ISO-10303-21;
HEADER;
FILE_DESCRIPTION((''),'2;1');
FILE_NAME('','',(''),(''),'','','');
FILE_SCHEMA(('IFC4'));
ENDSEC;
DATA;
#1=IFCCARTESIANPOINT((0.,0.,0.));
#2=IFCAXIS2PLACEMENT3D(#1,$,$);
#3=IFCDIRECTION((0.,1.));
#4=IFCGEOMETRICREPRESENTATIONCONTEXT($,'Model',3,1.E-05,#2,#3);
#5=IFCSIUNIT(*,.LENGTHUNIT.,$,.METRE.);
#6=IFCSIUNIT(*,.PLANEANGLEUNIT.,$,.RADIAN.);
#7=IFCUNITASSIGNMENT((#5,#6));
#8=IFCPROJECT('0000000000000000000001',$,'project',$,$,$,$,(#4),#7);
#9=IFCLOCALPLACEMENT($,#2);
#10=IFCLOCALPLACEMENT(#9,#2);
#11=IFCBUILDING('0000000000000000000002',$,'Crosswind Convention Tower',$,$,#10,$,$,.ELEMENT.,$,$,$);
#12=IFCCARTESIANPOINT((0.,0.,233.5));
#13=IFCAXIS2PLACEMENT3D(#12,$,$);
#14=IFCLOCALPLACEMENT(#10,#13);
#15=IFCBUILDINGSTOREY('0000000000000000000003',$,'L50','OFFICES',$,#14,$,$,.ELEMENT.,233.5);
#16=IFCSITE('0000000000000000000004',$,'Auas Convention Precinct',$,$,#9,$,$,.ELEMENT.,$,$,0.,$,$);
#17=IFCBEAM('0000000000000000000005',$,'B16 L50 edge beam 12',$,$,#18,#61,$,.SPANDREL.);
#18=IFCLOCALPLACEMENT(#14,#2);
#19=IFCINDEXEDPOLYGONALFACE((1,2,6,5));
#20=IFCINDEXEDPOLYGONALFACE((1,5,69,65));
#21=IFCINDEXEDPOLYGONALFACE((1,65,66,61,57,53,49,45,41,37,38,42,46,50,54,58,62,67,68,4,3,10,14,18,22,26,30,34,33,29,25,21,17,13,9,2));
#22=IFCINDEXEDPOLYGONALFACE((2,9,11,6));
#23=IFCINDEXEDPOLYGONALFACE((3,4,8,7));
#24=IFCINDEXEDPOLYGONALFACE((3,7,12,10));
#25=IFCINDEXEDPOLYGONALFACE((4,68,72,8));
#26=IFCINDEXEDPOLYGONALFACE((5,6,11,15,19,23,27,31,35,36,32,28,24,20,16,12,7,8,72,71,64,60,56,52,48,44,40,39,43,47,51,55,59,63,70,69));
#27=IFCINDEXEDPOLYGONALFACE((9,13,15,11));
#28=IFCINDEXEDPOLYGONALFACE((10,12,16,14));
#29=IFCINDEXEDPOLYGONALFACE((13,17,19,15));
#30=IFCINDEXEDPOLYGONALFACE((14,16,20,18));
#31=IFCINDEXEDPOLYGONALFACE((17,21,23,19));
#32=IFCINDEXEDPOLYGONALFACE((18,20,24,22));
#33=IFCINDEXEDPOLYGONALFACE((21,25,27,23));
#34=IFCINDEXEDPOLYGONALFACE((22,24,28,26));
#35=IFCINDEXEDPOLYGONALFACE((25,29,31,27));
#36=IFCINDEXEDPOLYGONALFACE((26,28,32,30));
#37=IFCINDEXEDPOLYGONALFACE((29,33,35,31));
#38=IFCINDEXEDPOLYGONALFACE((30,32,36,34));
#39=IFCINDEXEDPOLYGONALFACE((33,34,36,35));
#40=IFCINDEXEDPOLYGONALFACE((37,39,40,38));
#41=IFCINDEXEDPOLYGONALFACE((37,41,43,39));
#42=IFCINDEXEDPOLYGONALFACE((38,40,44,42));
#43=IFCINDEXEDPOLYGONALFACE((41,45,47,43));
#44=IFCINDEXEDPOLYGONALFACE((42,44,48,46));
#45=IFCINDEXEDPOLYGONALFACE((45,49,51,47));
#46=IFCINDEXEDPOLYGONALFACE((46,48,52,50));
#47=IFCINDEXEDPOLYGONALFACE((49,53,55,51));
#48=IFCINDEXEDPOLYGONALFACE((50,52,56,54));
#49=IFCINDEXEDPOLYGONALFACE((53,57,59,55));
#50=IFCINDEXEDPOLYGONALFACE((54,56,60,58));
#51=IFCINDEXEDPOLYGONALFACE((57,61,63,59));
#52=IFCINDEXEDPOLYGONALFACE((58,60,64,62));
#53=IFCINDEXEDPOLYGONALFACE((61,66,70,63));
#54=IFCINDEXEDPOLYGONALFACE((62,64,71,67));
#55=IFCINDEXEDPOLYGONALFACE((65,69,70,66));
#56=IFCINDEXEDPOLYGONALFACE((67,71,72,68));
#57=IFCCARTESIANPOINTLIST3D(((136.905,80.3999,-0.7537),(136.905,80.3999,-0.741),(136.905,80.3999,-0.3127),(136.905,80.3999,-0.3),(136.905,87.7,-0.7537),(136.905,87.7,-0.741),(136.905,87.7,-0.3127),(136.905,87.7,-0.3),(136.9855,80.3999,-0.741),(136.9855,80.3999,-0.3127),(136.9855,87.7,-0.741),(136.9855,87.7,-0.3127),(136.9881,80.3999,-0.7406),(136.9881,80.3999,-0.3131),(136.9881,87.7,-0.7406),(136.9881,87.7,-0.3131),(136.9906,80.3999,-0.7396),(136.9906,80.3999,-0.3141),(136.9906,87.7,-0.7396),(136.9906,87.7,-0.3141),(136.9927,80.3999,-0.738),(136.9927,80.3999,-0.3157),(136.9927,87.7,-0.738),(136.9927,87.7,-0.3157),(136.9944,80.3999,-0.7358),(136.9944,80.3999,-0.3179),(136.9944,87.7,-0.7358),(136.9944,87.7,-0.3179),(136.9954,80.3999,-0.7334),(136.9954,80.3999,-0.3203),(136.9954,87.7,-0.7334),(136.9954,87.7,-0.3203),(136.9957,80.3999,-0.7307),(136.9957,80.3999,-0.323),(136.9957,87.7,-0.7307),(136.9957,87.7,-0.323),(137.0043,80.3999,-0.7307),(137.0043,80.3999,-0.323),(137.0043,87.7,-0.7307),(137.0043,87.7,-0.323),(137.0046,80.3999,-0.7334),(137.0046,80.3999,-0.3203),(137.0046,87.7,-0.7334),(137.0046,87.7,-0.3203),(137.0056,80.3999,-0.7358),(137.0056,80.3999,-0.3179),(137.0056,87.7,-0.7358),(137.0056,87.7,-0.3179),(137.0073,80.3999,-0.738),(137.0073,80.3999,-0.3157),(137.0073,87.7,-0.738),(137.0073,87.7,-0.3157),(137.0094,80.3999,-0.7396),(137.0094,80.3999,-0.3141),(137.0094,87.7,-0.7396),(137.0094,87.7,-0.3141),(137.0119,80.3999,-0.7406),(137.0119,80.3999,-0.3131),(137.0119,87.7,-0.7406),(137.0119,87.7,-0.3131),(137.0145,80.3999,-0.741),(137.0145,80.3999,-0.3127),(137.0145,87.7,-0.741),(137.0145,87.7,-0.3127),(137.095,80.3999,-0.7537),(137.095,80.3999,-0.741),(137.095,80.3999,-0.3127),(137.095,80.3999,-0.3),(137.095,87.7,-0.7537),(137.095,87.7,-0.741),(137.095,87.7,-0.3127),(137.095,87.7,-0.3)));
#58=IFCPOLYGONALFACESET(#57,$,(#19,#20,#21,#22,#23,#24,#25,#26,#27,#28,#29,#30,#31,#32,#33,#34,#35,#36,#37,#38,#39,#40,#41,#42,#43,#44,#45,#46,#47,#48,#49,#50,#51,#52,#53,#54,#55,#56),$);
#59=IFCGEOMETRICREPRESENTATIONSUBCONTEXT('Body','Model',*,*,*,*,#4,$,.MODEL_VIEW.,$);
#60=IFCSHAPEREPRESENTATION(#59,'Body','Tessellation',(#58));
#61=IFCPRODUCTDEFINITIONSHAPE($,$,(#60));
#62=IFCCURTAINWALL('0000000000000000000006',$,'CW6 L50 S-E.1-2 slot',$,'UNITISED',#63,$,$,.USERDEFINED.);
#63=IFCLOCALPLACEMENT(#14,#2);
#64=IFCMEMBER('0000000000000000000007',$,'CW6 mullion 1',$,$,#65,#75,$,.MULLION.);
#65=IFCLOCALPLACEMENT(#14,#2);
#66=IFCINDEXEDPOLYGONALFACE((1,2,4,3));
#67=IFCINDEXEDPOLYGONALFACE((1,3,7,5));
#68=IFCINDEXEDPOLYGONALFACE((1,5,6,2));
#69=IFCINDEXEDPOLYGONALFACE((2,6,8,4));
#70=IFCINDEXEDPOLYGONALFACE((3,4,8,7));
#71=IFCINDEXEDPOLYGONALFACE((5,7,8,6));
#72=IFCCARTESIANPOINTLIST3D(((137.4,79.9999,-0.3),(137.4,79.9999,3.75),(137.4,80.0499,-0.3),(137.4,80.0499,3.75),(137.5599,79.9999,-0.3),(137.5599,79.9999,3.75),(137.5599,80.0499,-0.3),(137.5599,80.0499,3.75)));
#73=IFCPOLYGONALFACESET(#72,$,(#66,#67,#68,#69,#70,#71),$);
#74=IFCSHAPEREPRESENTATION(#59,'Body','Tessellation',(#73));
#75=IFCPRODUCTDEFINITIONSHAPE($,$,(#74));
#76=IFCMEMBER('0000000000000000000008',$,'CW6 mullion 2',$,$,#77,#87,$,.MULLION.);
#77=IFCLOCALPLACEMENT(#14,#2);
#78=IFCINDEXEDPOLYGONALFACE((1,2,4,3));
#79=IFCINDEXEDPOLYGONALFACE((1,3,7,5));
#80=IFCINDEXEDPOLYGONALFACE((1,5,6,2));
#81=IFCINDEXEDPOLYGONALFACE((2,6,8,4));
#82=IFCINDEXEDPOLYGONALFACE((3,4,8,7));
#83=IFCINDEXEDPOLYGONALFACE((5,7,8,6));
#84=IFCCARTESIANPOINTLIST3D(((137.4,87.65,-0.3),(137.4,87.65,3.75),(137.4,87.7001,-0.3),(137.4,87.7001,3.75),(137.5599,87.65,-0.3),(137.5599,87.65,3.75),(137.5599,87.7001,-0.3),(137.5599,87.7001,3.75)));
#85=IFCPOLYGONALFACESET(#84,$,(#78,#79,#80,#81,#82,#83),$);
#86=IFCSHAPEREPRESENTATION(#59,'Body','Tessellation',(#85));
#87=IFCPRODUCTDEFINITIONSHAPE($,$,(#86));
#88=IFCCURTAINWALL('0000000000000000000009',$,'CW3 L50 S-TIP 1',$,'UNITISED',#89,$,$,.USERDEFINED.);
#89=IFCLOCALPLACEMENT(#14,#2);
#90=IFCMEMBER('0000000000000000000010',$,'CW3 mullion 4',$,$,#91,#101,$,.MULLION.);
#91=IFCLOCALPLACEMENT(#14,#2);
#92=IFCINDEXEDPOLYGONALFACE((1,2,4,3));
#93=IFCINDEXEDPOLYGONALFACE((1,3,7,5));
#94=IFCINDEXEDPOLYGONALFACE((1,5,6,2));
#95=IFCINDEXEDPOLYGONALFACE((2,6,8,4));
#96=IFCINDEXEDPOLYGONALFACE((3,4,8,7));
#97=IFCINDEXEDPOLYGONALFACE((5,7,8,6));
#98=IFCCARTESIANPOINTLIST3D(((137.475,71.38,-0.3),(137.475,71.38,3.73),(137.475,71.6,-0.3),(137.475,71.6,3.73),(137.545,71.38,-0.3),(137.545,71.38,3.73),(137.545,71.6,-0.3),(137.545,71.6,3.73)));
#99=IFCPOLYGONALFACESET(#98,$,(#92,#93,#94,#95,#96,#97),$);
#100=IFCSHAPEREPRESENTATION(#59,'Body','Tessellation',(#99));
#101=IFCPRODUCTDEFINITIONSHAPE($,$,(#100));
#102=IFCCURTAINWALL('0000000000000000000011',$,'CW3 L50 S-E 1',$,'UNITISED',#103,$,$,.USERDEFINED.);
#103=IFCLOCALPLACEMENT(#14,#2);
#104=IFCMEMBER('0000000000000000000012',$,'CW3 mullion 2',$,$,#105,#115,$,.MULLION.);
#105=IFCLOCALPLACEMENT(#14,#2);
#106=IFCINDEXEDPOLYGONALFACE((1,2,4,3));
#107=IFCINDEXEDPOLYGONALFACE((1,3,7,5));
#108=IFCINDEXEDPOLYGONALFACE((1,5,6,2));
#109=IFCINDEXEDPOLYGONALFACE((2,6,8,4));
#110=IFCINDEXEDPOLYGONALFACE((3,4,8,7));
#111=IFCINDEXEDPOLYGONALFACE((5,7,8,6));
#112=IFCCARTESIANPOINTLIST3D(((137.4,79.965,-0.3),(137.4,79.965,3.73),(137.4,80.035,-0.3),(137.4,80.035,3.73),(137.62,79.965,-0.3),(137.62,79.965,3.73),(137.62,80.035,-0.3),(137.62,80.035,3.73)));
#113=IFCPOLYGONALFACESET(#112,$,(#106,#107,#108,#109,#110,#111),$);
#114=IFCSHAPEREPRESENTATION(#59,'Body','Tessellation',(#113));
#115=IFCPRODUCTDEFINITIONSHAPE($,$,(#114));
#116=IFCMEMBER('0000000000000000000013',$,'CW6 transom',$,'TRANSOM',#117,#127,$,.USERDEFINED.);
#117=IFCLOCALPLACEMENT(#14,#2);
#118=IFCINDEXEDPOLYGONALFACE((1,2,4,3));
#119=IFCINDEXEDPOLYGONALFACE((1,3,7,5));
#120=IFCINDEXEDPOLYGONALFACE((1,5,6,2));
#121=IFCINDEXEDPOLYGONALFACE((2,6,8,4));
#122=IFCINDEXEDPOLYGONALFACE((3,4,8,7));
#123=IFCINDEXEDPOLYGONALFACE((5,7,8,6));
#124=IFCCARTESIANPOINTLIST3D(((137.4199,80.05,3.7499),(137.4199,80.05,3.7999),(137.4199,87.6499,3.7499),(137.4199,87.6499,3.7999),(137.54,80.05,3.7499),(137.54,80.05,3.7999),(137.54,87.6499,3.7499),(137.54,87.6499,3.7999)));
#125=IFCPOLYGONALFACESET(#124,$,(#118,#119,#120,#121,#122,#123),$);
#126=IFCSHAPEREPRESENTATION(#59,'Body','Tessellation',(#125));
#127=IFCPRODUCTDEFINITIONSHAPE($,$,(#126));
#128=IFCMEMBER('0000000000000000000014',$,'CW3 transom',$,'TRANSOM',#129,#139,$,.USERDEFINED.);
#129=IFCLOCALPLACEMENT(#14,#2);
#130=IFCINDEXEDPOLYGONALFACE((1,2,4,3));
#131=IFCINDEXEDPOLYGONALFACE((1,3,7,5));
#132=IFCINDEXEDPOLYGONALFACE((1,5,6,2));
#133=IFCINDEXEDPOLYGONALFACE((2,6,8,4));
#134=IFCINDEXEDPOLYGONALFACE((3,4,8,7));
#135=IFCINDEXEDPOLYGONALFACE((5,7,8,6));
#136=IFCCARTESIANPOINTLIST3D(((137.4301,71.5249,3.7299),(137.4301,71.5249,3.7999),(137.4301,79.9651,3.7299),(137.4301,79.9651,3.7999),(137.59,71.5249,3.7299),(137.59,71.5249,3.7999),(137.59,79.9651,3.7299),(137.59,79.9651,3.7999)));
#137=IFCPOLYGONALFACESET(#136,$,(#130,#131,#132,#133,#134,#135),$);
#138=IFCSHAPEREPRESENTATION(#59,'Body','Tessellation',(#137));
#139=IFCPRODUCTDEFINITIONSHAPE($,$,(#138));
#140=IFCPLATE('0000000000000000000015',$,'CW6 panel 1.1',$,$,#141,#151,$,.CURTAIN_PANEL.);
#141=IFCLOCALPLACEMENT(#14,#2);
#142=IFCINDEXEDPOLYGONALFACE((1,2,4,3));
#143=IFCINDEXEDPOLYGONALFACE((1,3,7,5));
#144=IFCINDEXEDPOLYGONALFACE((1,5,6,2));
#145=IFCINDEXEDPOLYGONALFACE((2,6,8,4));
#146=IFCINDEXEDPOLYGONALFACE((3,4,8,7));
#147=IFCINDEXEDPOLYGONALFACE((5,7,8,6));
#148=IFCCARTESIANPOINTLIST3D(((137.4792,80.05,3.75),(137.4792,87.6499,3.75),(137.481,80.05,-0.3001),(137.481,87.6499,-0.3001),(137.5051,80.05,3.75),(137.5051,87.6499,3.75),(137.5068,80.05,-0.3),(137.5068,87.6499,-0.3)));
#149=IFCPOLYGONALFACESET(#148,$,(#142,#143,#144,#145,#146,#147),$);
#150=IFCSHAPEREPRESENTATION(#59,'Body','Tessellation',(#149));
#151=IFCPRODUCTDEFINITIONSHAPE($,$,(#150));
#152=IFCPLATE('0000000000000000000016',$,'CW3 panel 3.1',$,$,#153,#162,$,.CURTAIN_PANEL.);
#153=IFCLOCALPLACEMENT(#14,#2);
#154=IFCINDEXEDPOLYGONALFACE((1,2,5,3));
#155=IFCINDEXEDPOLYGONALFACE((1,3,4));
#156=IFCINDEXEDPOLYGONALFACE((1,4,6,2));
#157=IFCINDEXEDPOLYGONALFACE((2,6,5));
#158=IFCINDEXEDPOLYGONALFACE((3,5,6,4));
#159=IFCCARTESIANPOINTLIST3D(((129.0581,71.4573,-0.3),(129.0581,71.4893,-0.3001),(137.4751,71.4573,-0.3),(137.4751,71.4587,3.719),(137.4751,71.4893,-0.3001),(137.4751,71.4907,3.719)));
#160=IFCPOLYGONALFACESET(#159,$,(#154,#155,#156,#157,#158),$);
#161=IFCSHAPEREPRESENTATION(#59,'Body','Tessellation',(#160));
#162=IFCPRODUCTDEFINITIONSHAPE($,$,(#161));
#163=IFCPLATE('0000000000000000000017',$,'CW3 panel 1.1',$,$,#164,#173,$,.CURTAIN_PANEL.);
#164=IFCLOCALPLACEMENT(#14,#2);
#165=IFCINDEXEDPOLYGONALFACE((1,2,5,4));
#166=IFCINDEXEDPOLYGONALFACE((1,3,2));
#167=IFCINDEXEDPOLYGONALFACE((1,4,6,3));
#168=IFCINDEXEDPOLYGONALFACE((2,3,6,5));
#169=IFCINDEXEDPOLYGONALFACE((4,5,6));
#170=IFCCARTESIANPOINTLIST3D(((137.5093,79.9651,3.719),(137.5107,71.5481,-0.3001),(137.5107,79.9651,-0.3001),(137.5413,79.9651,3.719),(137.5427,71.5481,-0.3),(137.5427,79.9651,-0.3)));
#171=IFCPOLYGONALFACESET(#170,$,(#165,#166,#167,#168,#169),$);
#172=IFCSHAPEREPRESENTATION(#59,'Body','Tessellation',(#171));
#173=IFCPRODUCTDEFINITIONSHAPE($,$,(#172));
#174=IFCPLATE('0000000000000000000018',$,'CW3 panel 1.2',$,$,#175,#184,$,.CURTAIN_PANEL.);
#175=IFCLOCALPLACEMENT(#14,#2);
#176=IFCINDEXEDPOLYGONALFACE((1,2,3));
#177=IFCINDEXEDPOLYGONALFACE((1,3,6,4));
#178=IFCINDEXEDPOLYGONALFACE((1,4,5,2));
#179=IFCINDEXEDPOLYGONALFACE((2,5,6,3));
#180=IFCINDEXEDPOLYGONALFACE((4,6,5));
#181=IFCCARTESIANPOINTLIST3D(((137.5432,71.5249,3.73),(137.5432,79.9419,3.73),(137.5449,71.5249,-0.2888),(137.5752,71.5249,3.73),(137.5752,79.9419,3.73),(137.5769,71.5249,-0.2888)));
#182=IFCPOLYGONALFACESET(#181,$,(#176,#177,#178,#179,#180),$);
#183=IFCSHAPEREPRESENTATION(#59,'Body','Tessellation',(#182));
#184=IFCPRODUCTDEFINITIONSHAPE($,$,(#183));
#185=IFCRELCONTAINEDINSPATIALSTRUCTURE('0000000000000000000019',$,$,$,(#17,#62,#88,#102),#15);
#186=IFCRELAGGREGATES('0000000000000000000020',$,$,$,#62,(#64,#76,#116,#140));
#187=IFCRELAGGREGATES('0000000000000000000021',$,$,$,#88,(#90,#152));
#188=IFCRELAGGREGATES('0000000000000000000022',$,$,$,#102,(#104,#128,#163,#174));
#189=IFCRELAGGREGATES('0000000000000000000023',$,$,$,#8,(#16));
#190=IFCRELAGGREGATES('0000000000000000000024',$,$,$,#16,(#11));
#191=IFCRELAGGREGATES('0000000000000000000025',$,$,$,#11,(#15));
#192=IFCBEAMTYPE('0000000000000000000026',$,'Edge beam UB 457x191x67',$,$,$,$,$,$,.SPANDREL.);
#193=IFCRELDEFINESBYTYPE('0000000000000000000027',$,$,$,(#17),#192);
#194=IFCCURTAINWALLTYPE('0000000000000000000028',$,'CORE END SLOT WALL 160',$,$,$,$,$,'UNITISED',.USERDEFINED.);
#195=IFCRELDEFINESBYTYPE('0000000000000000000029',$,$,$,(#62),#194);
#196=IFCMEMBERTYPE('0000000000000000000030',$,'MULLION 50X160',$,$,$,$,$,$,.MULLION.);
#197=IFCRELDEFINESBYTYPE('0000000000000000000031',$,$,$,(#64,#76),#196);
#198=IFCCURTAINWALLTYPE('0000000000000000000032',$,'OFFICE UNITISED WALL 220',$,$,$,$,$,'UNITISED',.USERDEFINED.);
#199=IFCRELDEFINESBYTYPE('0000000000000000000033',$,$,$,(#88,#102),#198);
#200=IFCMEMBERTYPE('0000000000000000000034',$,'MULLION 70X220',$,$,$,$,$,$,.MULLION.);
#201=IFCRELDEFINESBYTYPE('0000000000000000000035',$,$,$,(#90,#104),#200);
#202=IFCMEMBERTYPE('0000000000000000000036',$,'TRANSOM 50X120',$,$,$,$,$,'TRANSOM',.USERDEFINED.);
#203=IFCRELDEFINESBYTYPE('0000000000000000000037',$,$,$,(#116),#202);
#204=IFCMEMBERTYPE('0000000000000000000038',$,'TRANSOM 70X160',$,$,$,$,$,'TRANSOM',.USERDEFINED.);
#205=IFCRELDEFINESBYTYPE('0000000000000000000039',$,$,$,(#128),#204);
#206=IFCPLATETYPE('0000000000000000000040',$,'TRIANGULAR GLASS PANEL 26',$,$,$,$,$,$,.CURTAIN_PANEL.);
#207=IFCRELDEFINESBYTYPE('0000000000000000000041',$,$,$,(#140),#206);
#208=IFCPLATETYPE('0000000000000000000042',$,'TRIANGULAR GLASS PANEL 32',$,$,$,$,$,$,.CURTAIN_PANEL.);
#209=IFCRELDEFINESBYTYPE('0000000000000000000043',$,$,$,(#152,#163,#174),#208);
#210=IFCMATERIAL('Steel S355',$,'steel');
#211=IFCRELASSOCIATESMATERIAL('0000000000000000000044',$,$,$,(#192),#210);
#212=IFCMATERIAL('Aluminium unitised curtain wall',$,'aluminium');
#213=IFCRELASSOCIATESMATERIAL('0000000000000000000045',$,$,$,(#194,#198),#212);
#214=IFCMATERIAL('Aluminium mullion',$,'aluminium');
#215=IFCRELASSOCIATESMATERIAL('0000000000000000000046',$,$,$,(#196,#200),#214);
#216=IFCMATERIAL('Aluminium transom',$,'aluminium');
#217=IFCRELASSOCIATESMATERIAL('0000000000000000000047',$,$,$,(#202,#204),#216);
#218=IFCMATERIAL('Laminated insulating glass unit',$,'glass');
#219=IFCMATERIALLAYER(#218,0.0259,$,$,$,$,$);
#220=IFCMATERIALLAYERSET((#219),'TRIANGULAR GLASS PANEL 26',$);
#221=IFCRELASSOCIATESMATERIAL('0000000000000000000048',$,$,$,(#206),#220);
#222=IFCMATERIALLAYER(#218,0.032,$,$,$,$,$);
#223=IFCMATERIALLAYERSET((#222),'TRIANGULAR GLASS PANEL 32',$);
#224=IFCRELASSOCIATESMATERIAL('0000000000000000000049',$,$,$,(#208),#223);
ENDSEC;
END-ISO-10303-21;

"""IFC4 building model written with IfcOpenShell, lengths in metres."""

from ifc_helpers import new_model, si_unit, direction, frame, origin, origin_2d, place, context, subcontext, project, spatial, polyline, rectangle, i_section, outline, extrude, material, layer, layer_set, material_profile, profile_set, type_object, element, aggregate, save


model = new_model("IFC4")

# Units and contexts
model_context = context("Model", 3, precision=1e-05, world=origin(), true_north=direction((0.0, 1.0)))
body_context = subcontext(model_context, "Body", "Model", "MODEL_VIEW")
ifc_project = project(units=[si_unit("LENGTHUNIT", "METRE"), si_unit("PLANEANGLEUNIT", "RADIAN")], contexts=[model_context])

# Site, building, storey
site_placement = place(None, origin())
site = spatial("IfcSite", under=ifc_project, at=site_placement, Name="Auas Convention Precinct", CompositionType="ELEMENT", RefElevation=0.0)
building_placement = place(site_placement, origin())
building = spatial("IfcBuilding", under=site, at=building_placement, Name="Crosswind Convention Tower", CompositionType="ELEMENT")
storey_placement = place(building_placement, frame((0.0, 0.0, 233.5)))
storey = spatial("IfcBuildingStorey", under=building, at=storey_placement, Name="L50", Description="OFFICES", CompositionType="ELEMENT", Elevation=233.5)

# Beam
ifc_material_1 = material(Name="Steel S355", Category="steel")
ifc_material_profile_1 = material_profile(ifc_material_1, i_section(OverallWidth=0.1899, OverallDepth=0.4536, WebThickness=0.0085, FlangeThickness=0.0127, FilletRadius=0.0103, at=origin_2d()), Name="UB 457x191x67")
ifc_profile_set_1 = profile_set([ifc_material_profile_1], Name="Steel S355")
beam_type = type_object("IfcBeamType", Name="Edge beam UB 457x191x67", PredefinedType="SPANDREL", material=ifc_profile_set_1)
beam_placement = place(storey_placement, frame((137.0, 80.3999, -0.5269), z_axis=(0.0, 1.0, 0.0), x_axis=(-1.0, 0.0, 0.0)))
element("IfcBeam", 1, at=beam_placement, inside=storey, type_object=beam_type, Name="B16 L50 edge beam 12", PredefinedType="SPANDREL", context=body_context, shape_type="SweptSolid", body=[
    extrude(i_section(OverallWidth=0.1899, OverallDepth=0.4536, WebThickness=0.0085, FlangeThickness=0.0127, FilletRadius=0.0103, at=origin_2d()), origin(), (0.0, 0.0, 1.0), 7.3),
])

# Curtain wall, members
ifc_material_2 = material(Name="Aluminium unitised curtain wall", Category="aluminium")
curtain_wall_type_1 = type_object("IfcCurtainWallType", Name="CORE END SLOT WALL 160", ElementType="UNITISED", PredefinedType="USERDEFINED", material=ifc_material_2)
curtain_wall_1_placement = place(storey_placement, origin())
curtain_wall_1 = element("IfcCurtainWall", 2, at=curtain_wall_1_placement, inside=storey, type_object=curtain_wall_type_1, Name="CW6 L50 S-E.1-2 slot", ObjectType="UNITISED", PredefinedType="USERDEFINED")
ifc_material_3 = material(Name="Aluminium mullion", Category="aluminium")
ifc_material_profile_2 = material_profile(ifc_material_3, rectangle(XDim=0.1599, YDim=0.05, at=origin_2d()), Name="AL 160X50")
ifc_profile_set_2 = profile_set([ifc_material_profile_2], Name="Aluminium mullion")
member_type_1 = type_object("IfcMemberType", Name="MULLION 50X160", PredefinedType="MULLION", material=ifc_profile_set_2)
member_1_placement = place(storey_placement, frame((137.48, 80.0249, -0.3), z_axis=(0.0, 0.0, 1.0), x_axis=(1.0, 0.0, 0.0)))
member_1 = element("IfcMember", 3, at=member_1_placement, type_object=member_type_1, Name="CW6 mullion 1", PredefinedType="MULLION", context=body_context, shape_type="SweptSolid", body=[
    extrude(rectangle(XDim=0.1599, YDim=0.05, at=origin_2d()), origin(), (0.0, 0.0, 1.0), 4.05),
])
member_2_placement = place(storey_placement, frame((137.48, 87.675, -0.3), z_axis=(0.0, 0.0, 1.0), x_axis=(1.0, 0.0, 0.0)))
member_2 = element("IfcMember", 4, at=member_2_placement, type_object=member_type_1, Name="CW6 mullion 2", PredefinedType="MULLION", context=body_context, shape_type="SweptSolid", body=[
    extrude(rectangle(XDim=0.1599, YDim=0.05, at=origin_2d()), origin(), (0.0, 0.0, 1.0), 4.05),
])

# Curtain walls, members
curtain_wall_type_2 = type_object("IfcCurtainWallType", Name="OFFICE UNITISED WALL 220", ElementType="UNITISED", PredefinedType="USERDEFINED", material=ifc_material_2)
curtain_wall_2_placement = place(storey_placement, origin())
curtain_wall_2 = element("IfcCurtainWall", 5, at=curtain_wall_2_placement, inside=storey, type_object=curtain_wall_type_2, Name="CW3 L50 S-TIP 1", ObjectType="UNITISED", PredefinedType="USERDEFINED")
ifc_material_profile_3 = material_profile(ifc_material_3, rectangle(XDim=0.22, YDim=0.0701, at=origin_2d()), Name="AL 220X70")
ifc_profile_set_3 = profile_set([ifc_material_profile_3], Name="Aluminium mullion")
member_type_2 = type_object("IfcMemberType", Name="MULLION 70X220", PredefinedType="MULLION", material=ifc_profile_set_3)
member_3_placement = place(storey_placement, frame((137.51, 71.49, -0.3), z_axis=(0.0, 0.0, 1.0), x_axis=(0.0, -1.0, 0.0)))
member_3 = element("IfcMember", 6, at=member_3_placement, type_object=member_type_2, Name="CW3 mullion 4", PredefinedType="MULLION", context=body_context, shape_type="SweptSolid", body=[
    extrude(rectangle(XDim=0.22, YDim=0.0701, at=origin_2d()), origin(), (0.0, 0.0, 1.0), 4.03),
])
curtain_wall_3_placement = place(storey_placement, origin())
curtain_wall_3 = element("IfcCurtainWall", 7, at=curtain_wall_3_placement, inside=storey, type_object=curtain_wall_type_2, Name="CW3 L50 S-E 1", ObjectType="UNITISED", PredefinedType="USERDEFINED")
member_4_placement = place(storey_placement, frame((137.51, 80.0, -0.3), z_axis=(0.0, 0.0, 1.0), x_axis=(1.0, 0.0, 0.0)))
member_4 = element("IfcMember", 8, at=member_4_placement, type_object=member_type_2, Name="CW3 mullion 2", PredefinedType="MULLION", context=body_context, shape_type="SweptSolid", body=[
    extrude(rectangle(XDim=0.22, YDim=0.0701, at=origin_2d()), origin(), (0.0, 0.0, 1.0), 4.03),
])

# Members
ifc_material_4 = material(Name="Aluminium transom", Category="aluminium")
ifc_material_profile_4 = material_profile(ifc_material_4, rectangle(XDim=0.1201, YDim=0.05, at=origin_2d()), Name="AL 120X50")
ifc_profile_set_4 = profile_set([ifc_material_profile_4], Name="Aluminium transom")
member_type_3 = type_object("IfcMemberType", Name="TRANSOM 50X120", ElementType="TRANSOM", PredefinedType="USERDEFINED", material=ifc_profile_set_4)
member_5_placement = place(storey_placement, frame((137.48, 80.05, 3.7749), z_axis=(0.0, 1.0, 0.0), x_axis=(-1.0, 0.0, 0.0)))
member_5 = element("IfcMember", 9, at=member_5_placement, type_object=member_type_3, Name="CW6 transom", ObjectType="TRANSOM", PredefinedType="USERDEFINED", context=body_context, shape_type="SweptSolid", body=[
    extrude(rectangle(XDim=0.1201, YDim=0.05, at=origin_2d()), origin(), (0.0, 0.0, 1.0), 7.5999),
])
ifc_material_profile_5 = material_profile(ifc_material_4, rectangle(XDim=0.1599, YDim=0.0701, at=origin_2d()), Name="AL 160X70")
ifc_profile_set_5 = profile_set([ifc_material_profile_5], Name="Aluminium transom")
member_type_4 = type_object("IfcMemberType", Name="TRANSOM 70X160", ElementType="TRANSOM", PredefinedType="USERDEFINED", material=ifc_profile_set_5)
member_6_placement = place(storey_placement, frame((137.51, 71.5249, 3.7649), z_axis=(0.0, 1.0, 0.0), x_axis=(-1.0, 0.0, 0.0)))
member_6 = element("IfcMember", 10, at=member_6_placement, type_object=member_type_4, Name="CW3 transom", ObjectType="TRANSOM", PredefinedType="USERDEFINED", context=body_context, shape_type="SweptSolid", body=[
    extrude(rectangle(XDim=0.1599, YDim=0.0701, at=origin_2d()), origin(), (0.0, 0.0, 1.0), 8.4402),
])

# Plates
ifc_material_5 = material(Name="Laminated insulating glass unit", Category="glass")
ifc_layer_1 = layer(ifc_material_5, 0.0259)
ifc_layer_set_1 = layer_set([ifc_layer_1], Name="TRIANGULAR GLASS PANEL 26")
plate_type_1 = type_object("IfcPlateType", Name="TRIANGULAR GLASS PANEL 26", PredefinedType="CURTAIN_PANEL", material=ifc_layer_set_1)
plate_1_placement = place(storey_placement, frame((137.5068, 80.05, -0.3), z_axis=(1.0, 0.0, 0.000422), x_axis=(0.0, 1.0, 0.0)))
plate_1 = element("IfcPlate", 11, at=plate_1_placement, type_object=plate_type_1, Name="CW6 panel 1.1", PredefinedType="CURTAIN_PANEL", context=body_context, shape_type="SweptSolid", body=[
    extrude(outline(polyline([(0.0, 0.0), (7.5999, 0.0), (7.5999, 4.05), (0.0, 4.05), (0.0, 0.0)])), origin(), (0.0, 0.0, -1.0), 0.0259),
])
aggregate(curtain_wall_1, [member_1, member_2, member_5, plate_1])
ifc_layer_2 = layer(ifc_material_5, 0.032)
ifc_layer_set_2 = layer_set([ifc_layer_2], Name="TRIANGULAR GLASS PANEL 32")
plate_type_2 = type_object("IfcPlateType", Name="TRIANGULAR GLASS PANEL 32", PredefinedType="CURTAIN_PANEL", material=ifc_layer_set_2)
plate_2_placement = place(storey_placement, frame((137.4751, 71.4573, -0.3), z_axis=(0.0, -1.0, 0.000364), x_axis=(0.0, 0.000364, 1.0)))
plate_2 = element("IfcPlate", 12, at=plate_2_placement, type_object=plate_type_2, Name="CW3 panel 3.1", PredefinedType="CURTAIN_PANEL", context=body_context, shape_type="SweptSolid", body=[
    extrude(outline(polyline([(0.0, 0.0), (4.019, 0.0), (0.0, 8.417), (0.0, 0.0)])), origin(), (0.0, 0.0, -1.0), 0.032),
])
aggregate(curtain_wall_2, [member_3, plate_2])
plate_3_placement = place(storey_placement, frame((137.5427, 79.9651, -0.3), z_axis=(1.0, 0.0, 0.000364), x_axis=(-0.000364, 0.0, 1.0)))
plate_3 = element("IfcPlate", 13, at=plate_3_placement, type_object=plate_type_2, Name="CW3 panel 1.1", PredefinedType="CURTAIN_PANEL", context=body_context, shape_type="SweptSolid", body=[
    extrude(outline(polyline([(0.0, 0.0), (4.019, 0.0), (0.0, 8.417), (0.0, 0.0)])), origin(), (0.0, 0.0, -1.0), 0.032),
])
plate_4_placement = place(storey_placement, frame((137.5752, 71.5249, 3.73), z_axis=(1.0, 0.0, 0.000425), x_axis=(0.000425, 0.0, -1.0)))
plate_4 = element("IfcPlate", 14, at=plate_4_placement, type_object=plate_type_2, Name="CW3 panel 1.2", PredefinedType="CURTAIN_PANEL", context=body_context, shape_type="SweptSolid", body=[
    extrude(outline(polyline([(0.0, 0.0), (4.0188, 0.0), (0.0, 8.417), (0.0, 0.0)])), origin(), (0.0, 0.0, -1.0), 0.032),
])

aggregate(curtain_wall_3, [member_4, member_6, plate_3, plate_4])

save(model, "model.ifc")
